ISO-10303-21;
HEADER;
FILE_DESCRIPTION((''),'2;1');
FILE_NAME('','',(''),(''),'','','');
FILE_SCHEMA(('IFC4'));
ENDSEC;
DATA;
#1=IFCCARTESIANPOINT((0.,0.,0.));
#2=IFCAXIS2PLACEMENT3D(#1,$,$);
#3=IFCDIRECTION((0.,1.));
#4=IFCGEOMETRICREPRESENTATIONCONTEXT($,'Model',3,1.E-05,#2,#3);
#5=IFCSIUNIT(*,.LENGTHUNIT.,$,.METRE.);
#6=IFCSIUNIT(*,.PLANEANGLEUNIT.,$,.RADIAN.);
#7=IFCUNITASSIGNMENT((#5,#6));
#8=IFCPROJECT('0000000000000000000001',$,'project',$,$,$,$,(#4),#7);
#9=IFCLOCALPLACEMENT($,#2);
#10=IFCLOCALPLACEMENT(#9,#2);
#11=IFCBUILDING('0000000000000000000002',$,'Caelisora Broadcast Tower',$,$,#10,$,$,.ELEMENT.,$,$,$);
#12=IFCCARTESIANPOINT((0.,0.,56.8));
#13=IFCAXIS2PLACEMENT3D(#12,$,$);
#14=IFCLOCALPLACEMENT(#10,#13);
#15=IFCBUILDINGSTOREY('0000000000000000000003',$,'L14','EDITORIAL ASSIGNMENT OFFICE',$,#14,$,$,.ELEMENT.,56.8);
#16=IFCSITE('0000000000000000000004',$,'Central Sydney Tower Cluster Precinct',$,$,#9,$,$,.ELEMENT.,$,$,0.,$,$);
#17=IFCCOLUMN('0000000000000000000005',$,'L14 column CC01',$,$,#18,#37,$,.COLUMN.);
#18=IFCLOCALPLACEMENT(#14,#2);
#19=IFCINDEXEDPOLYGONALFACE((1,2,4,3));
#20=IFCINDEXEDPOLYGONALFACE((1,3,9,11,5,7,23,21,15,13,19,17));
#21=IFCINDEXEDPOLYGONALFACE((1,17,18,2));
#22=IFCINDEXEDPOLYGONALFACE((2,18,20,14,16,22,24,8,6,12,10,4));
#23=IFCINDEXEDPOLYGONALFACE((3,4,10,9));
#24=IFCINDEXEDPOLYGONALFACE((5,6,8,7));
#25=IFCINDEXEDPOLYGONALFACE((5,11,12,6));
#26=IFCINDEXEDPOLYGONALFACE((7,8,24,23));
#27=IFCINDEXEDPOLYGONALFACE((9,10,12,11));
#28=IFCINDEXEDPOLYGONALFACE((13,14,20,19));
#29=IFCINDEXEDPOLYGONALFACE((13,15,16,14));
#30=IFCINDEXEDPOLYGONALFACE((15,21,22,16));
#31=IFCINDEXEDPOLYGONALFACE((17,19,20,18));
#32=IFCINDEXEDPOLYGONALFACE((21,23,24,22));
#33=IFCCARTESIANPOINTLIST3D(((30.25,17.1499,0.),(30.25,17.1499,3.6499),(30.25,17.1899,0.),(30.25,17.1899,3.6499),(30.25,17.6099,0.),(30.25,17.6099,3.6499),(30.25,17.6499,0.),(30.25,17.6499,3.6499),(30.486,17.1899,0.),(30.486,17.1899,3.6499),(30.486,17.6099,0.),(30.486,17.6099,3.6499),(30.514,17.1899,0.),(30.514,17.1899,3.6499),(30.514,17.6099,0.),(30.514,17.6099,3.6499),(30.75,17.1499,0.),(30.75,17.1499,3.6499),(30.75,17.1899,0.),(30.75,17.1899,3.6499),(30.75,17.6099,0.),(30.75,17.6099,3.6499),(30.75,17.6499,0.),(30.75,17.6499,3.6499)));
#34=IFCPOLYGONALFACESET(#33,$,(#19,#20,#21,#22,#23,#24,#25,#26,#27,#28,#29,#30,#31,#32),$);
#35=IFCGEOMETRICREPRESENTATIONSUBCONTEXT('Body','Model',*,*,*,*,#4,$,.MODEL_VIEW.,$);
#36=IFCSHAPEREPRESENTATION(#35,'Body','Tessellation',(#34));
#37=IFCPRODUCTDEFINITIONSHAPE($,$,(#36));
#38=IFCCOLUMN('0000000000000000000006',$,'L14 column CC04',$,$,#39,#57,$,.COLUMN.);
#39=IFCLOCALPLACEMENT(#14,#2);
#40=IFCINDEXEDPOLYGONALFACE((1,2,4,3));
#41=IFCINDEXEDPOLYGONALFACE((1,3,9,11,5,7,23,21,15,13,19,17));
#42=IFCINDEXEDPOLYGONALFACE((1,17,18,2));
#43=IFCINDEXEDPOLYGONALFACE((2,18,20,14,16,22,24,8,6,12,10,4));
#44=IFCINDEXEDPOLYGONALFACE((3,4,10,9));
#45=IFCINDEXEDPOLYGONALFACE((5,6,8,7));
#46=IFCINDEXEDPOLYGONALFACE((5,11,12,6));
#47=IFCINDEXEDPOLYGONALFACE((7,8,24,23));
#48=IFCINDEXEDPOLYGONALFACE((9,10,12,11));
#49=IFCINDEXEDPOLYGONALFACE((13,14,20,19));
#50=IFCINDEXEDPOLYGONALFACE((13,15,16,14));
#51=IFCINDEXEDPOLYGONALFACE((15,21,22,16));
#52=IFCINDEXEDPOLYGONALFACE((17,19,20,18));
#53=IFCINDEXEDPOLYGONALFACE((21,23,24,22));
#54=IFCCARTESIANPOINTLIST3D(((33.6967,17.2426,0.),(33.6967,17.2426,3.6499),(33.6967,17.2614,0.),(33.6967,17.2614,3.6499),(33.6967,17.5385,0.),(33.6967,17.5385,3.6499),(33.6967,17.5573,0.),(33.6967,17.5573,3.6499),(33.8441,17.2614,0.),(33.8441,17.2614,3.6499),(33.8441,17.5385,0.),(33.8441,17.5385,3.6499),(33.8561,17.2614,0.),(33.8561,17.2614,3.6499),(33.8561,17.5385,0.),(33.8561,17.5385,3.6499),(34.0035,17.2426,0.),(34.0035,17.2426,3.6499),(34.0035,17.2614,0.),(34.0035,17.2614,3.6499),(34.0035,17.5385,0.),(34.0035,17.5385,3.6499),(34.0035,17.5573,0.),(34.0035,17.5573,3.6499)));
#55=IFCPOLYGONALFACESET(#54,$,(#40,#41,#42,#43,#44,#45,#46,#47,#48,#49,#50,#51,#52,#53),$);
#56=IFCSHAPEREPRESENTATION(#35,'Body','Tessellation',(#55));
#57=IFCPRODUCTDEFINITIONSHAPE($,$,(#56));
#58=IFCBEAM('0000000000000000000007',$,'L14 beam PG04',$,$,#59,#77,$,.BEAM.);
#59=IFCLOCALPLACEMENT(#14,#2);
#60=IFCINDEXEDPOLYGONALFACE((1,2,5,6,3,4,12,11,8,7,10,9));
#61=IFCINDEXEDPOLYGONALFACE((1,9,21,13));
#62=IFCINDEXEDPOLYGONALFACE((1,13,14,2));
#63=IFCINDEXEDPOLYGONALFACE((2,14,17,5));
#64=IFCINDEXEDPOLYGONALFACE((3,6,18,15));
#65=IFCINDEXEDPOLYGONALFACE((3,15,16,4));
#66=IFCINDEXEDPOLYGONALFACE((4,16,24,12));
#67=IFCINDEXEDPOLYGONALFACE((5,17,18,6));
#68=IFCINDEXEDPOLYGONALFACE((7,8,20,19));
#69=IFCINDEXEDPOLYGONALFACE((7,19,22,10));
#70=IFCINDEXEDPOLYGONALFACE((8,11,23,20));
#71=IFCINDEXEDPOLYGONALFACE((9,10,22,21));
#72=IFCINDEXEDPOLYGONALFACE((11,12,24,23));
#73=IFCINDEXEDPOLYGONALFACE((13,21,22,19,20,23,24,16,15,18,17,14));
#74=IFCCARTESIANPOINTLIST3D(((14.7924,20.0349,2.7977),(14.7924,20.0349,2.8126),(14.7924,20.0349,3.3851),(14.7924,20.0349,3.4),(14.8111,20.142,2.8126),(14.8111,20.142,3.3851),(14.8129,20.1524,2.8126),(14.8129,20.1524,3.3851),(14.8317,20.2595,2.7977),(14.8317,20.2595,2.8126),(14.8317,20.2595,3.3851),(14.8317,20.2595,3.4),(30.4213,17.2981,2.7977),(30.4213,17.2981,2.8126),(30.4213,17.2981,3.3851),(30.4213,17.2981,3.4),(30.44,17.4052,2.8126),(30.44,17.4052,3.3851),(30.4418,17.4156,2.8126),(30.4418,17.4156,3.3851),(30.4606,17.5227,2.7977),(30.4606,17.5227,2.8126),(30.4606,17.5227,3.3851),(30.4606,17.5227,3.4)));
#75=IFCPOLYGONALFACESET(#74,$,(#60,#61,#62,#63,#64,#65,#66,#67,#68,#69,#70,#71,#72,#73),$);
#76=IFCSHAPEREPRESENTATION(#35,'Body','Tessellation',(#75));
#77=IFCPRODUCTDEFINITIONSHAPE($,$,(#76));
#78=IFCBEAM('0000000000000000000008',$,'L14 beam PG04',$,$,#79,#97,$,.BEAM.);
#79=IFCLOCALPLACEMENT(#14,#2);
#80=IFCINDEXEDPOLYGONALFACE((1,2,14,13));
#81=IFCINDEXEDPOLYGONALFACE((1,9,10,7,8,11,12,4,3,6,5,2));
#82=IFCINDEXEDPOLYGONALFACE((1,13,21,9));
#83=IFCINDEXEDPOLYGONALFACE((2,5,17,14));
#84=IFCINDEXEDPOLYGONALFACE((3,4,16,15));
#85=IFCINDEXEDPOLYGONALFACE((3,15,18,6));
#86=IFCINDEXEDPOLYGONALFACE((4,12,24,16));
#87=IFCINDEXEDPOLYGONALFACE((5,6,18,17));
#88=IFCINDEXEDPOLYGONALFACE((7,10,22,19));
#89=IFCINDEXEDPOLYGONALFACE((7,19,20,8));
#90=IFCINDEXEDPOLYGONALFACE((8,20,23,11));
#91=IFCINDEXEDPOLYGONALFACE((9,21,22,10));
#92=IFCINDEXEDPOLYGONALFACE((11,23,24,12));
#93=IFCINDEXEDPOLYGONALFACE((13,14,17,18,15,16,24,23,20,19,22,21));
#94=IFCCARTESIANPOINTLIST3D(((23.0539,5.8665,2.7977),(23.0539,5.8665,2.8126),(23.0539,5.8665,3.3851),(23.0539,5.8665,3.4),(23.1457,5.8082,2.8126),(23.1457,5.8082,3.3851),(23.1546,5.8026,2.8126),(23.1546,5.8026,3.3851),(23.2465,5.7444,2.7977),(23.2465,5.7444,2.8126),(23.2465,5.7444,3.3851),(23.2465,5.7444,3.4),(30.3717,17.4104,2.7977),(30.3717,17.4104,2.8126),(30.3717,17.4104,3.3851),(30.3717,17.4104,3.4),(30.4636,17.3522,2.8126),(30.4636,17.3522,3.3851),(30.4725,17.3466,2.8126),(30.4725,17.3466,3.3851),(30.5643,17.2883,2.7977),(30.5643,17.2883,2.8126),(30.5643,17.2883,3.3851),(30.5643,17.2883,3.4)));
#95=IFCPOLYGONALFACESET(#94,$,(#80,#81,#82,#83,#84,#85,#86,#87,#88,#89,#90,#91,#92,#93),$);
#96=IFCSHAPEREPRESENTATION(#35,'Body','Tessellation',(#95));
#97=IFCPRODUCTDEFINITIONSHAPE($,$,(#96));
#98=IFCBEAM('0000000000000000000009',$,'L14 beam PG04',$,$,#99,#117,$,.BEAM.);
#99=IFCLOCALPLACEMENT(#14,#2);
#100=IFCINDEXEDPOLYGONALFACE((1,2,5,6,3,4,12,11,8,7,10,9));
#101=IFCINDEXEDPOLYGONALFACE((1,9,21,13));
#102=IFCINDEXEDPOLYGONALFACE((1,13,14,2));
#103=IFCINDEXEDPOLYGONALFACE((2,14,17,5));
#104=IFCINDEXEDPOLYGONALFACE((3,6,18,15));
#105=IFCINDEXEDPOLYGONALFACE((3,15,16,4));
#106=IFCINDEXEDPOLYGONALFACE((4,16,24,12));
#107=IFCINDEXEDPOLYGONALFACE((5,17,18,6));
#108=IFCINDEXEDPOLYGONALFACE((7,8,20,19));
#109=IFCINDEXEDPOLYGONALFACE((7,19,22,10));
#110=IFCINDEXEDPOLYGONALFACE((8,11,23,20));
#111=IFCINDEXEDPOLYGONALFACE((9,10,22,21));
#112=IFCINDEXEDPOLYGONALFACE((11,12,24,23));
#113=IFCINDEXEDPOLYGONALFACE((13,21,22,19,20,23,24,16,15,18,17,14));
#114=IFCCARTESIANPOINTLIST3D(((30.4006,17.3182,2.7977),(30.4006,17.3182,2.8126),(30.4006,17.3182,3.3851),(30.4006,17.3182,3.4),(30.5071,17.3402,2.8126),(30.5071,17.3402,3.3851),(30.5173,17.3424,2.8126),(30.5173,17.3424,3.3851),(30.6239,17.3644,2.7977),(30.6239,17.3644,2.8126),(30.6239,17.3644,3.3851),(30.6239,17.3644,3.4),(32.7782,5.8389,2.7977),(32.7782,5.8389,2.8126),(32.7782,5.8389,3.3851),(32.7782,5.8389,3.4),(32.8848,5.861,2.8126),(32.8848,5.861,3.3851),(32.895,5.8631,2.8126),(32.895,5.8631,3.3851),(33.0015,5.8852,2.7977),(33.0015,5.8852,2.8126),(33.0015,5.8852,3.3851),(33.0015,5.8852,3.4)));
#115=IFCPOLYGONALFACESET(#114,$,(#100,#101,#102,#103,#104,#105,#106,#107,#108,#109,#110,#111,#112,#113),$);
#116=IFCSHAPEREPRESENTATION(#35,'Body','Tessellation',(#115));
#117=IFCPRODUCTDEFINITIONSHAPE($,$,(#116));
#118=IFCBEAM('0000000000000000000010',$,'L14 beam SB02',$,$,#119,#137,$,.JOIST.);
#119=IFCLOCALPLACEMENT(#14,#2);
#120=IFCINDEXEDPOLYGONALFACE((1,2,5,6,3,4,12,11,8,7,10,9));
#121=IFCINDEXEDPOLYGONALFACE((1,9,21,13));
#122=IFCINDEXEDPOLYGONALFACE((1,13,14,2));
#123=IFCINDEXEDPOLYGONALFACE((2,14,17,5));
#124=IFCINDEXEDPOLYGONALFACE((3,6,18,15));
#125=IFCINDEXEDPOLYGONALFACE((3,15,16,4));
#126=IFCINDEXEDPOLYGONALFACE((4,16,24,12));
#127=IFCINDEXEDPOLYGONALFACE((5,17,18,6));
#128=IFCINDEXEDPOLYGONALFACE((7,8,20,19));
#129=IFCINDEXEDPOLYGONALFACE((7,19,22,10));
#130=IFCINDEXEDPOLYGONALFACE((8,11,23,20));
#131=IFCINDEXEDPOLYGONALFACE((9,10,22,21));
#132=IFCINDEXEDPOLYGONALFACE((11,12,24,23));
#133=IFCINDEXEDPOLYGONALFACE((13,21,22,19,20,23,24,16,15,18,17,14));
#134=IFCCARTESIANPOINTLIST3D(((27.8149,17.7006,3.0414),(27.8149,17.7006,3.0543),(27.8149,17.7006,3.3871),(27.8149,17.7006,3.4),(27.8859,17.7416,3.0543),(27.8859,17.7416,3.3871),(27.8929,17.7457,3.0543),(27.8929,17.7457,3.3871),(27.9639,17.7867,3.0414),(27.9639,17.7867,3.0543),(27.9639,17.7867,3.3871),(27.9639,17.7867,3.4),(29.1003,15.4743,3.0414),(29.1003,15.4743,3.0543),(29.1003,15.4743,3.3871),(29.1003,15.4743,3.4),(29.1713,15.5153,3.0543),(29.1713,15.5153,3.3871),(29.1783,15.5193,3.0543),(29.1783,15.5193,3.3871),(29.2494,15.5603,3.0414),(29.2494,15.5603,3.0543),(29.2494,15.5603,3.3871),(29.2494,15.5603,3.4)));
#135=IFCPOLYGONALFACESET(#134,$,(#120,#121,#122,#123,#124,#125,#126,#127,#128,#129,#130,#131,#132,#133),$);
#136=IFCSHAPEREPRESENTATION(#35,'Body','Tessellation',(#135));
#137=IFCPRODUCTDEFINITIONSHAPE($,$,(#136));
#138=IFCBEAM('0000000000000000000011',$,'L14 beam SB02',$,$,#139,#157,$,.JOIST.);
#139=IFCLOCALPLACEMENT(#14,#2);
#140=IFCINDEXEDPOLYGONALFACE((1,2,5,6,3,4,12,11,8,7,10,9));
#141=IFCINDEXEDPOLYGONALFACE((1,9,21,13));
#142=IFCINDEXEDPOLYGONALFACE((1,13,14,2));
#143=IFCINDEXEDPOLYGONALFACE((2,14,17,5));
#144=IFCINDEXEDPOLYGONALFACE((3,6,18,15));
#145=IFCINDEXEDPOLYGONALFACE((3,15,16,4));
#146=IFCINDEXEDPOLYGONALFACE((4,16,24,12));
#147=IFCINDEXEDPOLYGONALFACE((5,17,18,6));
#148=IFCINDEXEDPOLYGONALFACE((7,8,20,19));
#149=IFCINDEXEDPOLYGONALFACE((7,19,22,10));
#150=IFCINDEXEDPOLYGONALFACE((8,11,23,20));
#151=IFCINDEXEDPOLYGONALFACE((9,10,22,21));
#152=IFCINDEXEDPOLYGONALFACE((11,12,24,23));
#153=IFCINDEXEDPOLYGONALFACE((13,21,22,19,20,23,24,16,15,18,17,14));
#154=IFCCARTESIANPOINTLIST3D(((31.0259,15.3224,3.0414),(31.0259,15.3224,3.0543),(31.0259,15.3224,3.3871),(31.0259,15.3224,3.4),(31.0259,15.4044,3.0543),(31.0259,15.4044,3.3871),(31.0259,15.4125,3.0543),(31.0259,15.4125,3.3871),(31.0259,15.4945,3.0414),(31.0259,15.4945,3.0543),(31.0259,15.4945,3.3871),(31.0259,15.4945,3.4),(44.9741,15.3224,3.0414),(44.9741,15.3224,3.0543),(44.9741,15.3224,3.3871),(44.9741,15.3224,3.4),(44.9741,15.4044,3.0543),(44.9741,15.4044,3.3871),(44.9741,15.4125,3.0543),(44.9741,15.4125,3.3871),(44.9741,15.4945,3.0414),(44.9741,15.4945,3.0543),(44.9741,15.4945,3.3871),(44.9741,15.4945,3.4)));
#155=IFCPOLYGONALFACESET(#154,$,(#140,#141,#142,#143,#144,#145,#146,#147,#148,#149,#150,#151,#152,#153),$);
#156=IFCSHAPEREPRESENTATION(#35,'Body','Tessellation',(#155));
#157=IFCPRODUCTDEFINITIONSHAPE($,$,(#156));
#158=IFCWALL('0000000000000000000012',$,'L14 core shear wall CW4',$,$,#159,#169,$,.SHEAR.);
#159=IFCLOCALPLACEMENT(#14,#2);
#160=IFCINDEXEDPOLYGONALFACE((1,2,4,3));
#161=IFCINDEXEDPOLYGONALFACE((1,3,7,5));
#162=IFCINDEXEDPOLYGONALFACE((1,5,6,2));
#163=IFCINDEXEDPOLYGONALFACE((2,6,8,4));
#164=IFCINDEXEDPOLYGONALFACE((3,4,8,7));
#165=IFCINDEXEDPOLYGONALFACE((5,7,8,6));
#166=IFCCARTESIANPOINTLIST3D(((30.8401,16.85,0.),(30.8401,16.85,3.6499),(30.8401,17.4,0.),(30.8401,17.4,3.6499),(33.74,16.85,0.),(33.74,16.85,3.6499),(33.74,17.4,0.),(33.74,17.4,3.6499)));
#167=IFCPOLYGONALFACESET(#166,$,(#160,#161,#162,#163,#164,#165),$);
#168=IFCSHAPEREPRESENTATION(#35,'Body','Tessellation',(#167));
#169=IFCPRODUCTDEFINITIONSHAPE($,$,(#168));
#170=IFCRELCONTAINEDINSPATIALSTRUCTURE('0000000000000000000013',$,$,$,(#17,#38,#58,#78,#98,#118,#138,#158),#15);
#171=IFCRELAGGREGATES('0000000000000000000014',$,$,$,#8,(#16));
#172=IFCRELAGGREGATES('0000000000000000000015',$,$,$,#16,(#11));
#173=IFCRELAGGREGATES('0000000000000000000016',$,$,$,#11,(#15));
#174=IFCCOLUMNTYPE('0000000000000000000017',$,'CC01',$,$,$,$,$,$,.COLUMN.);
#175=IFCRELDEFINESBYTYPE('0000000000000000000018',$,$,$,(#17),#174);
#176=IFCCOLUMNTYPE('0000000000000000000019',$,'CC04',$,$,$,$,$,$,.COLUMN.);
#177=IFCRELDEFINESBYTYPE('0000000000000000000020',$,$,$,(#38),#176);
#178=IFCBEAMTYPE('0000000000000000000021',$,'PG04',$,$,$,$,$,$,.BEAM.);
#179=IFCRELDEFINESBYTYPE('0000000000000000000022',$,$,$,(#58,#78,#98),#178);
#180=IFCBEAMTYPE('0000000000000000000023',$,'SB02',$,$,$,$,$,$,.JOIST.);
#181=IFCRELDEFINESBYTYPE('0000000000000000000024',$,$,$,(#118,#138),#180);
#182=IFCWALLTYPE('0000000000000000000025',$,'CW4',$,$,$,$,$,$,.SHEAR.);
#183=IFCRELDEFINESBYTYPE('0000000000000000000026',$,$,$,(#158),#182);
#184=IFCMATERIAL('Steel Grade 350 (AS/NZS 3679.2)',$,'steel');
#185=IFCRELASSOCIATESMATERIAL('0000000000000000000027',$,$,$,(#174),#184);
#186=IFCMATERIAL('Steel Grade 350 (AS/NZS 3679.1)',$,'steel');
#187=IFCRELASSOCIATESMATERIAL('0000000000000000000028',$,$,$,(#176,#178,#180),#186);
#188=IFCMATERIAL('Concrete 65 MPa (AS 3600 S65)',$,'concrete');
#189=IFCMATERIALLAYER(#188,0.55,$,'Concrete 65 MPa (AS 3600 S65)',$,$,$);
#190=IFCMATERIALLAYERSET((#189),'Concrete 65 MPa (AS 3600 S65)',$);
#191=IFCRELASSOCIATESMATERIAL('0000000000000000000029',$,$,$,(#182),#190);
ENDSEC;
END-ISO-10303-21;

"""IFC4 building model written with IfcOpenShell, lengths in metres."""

from ifc_helpers import new_model, si_unit, direction, frame, frame_2d, origin, origin_2d, place, context, subcontext, project, spatial, rectangle, i_section, extrude, source, transform, mapped, material, layer, layer_set, material_profile, profile_set, type_object, type_shapes, element, save


model = new_model("IFC4")

# Units and contexts
model_context = context("Model", 3, precision=1e-05, world=origin(), true_north=direction((0.0, 1.0)))
body_context = subcontext(model_context, "Body", "Model", "MODEL_VIEW")
ifc_project = project(units=[si_unit("LENGTHUNIT", "METRE"), si_unit("PLANEANGLEUNIT", "RADIAN")], contexts=[model_context])

# Site, building, storey
site_placement = place(None, origin())
site = spatial("IfcSite", under=ifc_project, at=site_placement, Name="Central Sydney Tower Cluster Precinct", CompositionType="ELEMENT", RefElevation=0.0)
building_placement = place(site_placement, origin())
building = spatial("IfcBuilding", under=site, at=building_placement, Name="Caelisora Broadcast Tower", CompositionType="ELEMENT")
storey_placement = place(building_placement, frame((0.0, 0.0, 56.8)))
storey = spatial("IfcBuildingStorey", under=building, at=storey_placement, Name="L14", Description="EDITORIAL ASSIGNMENT OFFICE", CompositionType="ELEMENT", Elevation=56.8)

# Columns
ifc_material_1 = material(Name="Steel Grade 350 (AS/NZS 3679.2)", Category="steel")
ifc_material_profile_1 = material_profile(ifc_material_1, i_section(OverallWidth=0.5, OverallDepth=0.5, WebThickness=0.0281, FlangeThickness=0.04, at=origin_2d()), Name="Steel Grade 350 (AS/NZS 3679.2)")
ifc_profile_set_1 = profile_set([ifc_material_profile_1], Name="Steel Grade 350 (AS/NZS 3679.2)")
column_type_1 = type_object("IfcColumnType", Name="CC01", PredefinedType="COLUMN", material=ifc_profile_set_1)
shared_shape_1 = source(origin(), body_context, "Body", "SweptSolid", [
    extrude(i_section(OverallWidth=0.5, OverallDepth=0.5, WebThickness=0.0281, FlangeThickness=0.04, at=origin_2d()), origin(), (0.0, 0.0, 1.0), 3.6499),
])
type_shapes(column_type_1, [shared_shape_1])
column_1_placement = place(storey_placement, frame((30.5, 17.3999, 0.0), z_axis=(0.0, 0.0, 1.0), x_axis=(1.0, 0.0, 0.0)))
element("IfcColumn", 1, at=column_1_placement, inside=storey, type_object=column_type_1, Name="L14 column CC01", PredefinedType="COLUMN", context=body_context, shape_type="MappedRepresentation", body=[
    mapped(shared_shape_1, transform((0.0, 0.0, 0.0), scale=1.0)),
])
ifc_material_2 = material(Name="Steel Grade 350 (AS/NZS 3679.1)", Category="steel")
ifc_material_profile_2 = material_profile(ifc_material_2, i_section(OverallWidth=0.3069, OverallDepth=0.3147, WebThickness=0.012, FlangeThickness=0.0188, at=origin_2d()), Name="Steel Grade 350 (AS/NZS 3679.1)")
ifc_profile_set_2 = profile_set([ifc_material_profile_2], Name="Steel Grade 350 (AS/NZS 3679.1)")
column_type_2 = type_object("IfcColumnType", Name="CC04", PredefinedType="COLUMN", material=ifc_profile_set_2)
shared_shape_2 = source(origin(), body_context, "Body", "SweptSolid", [
    extrude(i_section(OverallWidth=0.3069, OverallDepth=0.3147, WebThickness=0.012, FlangeThickness=0.0188, at=origin_2d()), origin(), (0.0, 0.0, 1.0), 3.6499),
])
type_shapes(column_type_2, [shared_shape_2])
column_2_placement = place(storey_placement, frame((33.8501, 17.3999, 0.0), z_axis=(0.0, 0.0, 1.0), x_axis=(1.0, 0.0, 0.0)))
element("IfcColumn", 2, at=column_2_placement, inside=storey, type_object=column_type_2, Name="L14 column CC04", PredefinedType="COLUMN", context=body_context, shape_type="MappedRepresentation", body=[
    mapped(shared_shape_2, transform((0.0, 0.0, 0.0), scale=1.0)),
])

# Beams
ifc_material_profile_3 = material_profile(ifc_material_2, i_section(OverallWidth=0.228, OverallDepth=0.6023, WebThickness=0.0105, FlangeThickness=0.0149, at=origin_2d()), Name="Steel Grade 350 (AS/NZS 3679.1)")
ifc_profile_set_3 = profile_set([ifc_material_profile_3], Name="Steel Grade 350 (AS/NZS 3679.1)")
beam_type_1 = type_object("IfcBeamType", Name="PG04", PredefinedType="BEAM", material=ifc_profile_set_3)
shared_shape_3 = source(origin(), body_context, "Body", "SweptSolid", [
    extrude(i_section(OverallWidth=0.228, OverallDepth=0.6023, WebThickness=0.0105, FlangeThickness=0.0149, at=origin_2d()), origin(), (0.0, 0.0, 1.0), 15.8667),
])
beam_1_placement = place(storey_placement, frame((30.4409, 17.4104, 3.0989), z_axis=(-0.985012, 0.172488, 0.0), x_axis=(-0.172488, -0.985012, 0.0)))
element("IfcBeam", 3, at=beam_1_placement, inside=storey, type_object=beam_type_1, Name="L14 beam PG04", PredefinedType="BEAM", context=body_context, shape_type="MappedRepresentation", body=[
    mapped(shared_shape_3, transform((0.0, 0.0, 0.0), scale=1.0)),
])
shared_shape_4 = source(origin(), body_context, "Body", "SweptSolid", [
    extrude(i_section(OverallWidth=0.228, OverallDepth=0.6023, WebThickness=0.0105, FlangeThickness=0.0149, at=origin_2d()), origin(), (0.0, 0.0, 1.0), 13.668),
])
beam_2_placement = place(storey_placement, frame((30.468, 17.3494, 3.0989), z_axis=(-0.535402, -0.844597, 0.0), x_axis=(0.844597, -0.535402, 0.0)))
element("IfcBeam", 4, at=beam_2_placement, inside=storey, type_object=beam_type_1, Name="L14 beam PG04", PredefinedType="BEAM", context=body_context, shape_type="MappedRepresentation", body=[
    mapped(shared_shape_4, transform((0.0, 0.0, 0.0), scale=1.0)),
])
shared_shape_5 = source(origin(), body_context, "Body", "SweptSolid", [
    extrude(i_section(OverallWidth=0.228, OverallDepth=0.6023, WebThickness=0.0105, FlangeThickness=0.0149, at=origin_2d()), origin(), (0.0, 0.0, 1.0), 11.7229),
])
type_shapes(beam_type_1, [shared_shape_3, shared_shape_4, shared_shape_5])
beam_3_placement = place(storey_placement, frame((30.5122, 17.3413, 3.0989), z_axis=(0.202824, -0.979215, 0.0), x_axis=(0.979215, 0.202824, 0.0)))
element("IfcBeam", 5, at=beam_3_placement, inside=storey, type_object=beam_type_1, Name="L14 beam PG04", PredefinedType="BEAM", context=body_context, shape_type="MappedRepresentation", body=[
    mapped(shared_shape_5, transform((0.0, 0.0, 0.0), scale=1.0)),
])
ifc_material_profile_4 = material_profile(ifc_material_2, i_section(OverallWidth=0.1721, OverallDepth=0.3586, WebThickness=0.0081, FlangeThickness=0.0129, at=origin_2d()), Name="Steel Grade 350 (AS/NZS 3679.1)")
ifc_profile_set_4 = profile_set([ifc_material_profile_4], Name="Steel Grade 350 (AS/NZS 3679.1)")
beam_type_2 = type_object("IfcBeamType", Name="SB02", PredefinedType="JOIST", material=ifc_profile_set_4)
shared_shape_6 = source(origin(), body_context, "Body", "SweptSolid", [
    extrude(i_section(OverallWidth=0.1721, OverallDepth=0.3586, WebThickness=0.0081, FlangeThickness=0.0129, at=origin_2d()), origin(), (0.0, 0.0, 1.0), 2.5708),
])
beam_4_placement = place(storey_placement, frame((27.8894, 17.7437, 3.2207), z_axis=(0.50001, -0.86602, 0.0), x_axis=(0.86602, 0.50001, 0.0)))
element("IfcBeam", 6, at=beam_4_placement, inside=storey, type_object=beam_type_2, Name="L14 beam SB02", PredefinedType="JOIST", context=body_context, shape_type="MappedRepresentation", body=[
    mapped(shared_shape_6, transform((0.0, 0.0, 0.0), scale=1.0)),
])
shared_shape_7 = source(origin(), body_context, "Body", "SweptSolid", [
    extrude(i_section(OverallWidth=0.1721, OverallDepth=0.3586, WebThickness=0.0081, FlangeThickness=0.0129, at=origin_2d()), origin(), (0.0, 0.0, 1.0), 13.9482),
])
type_shapes(beam_type_2, [shared_shape_6, shared_shape_7])
beam_5_placement = place(storey_placement, frame((31.0259, 15.4084, 3.2207), z_axis=(1.0, 0.0, 0.0), x_axis=(0.0, 1.0, 0.0)))
element("IfcBeam", 7, at=beam_5_placement, inside=storey, type_object=beam_type_2, Name="L14 beam SB02", PredefinedType="JOIST", context=body_context, shape_type="MappedRepresentation", body=[
    mapped(shared_shape_7, transform((0.0, 0.0, 0.0), scale=1.0)),
])

# Shared definitions
ifc_material_3 = material(Name="Concrete 65 MPa (AS 3600 S65)", Category="concrete")

# Wall
ifc_layer_1 = layer(ifc_material_3, 0.55, Name="Concrete 65 MPa (AS 3600 S65)")
ifc_layer_set_1 = layer_set([ifc_layer_1], Name="Concrete 65 MPa (AS 3600 S65)")
wall_type_1 = type_object("IfcWallType", Name="CW4", PredefinedType="SHEAR", material=ifc_layer_set_1)
wall_1_placement = place(storey_placement, frame((30.8401, 17.125, 0.0), z_axis=(0.0, 0.0, 1.0), x_axis=(1.0, 0.0, 0.0)))
element("IfcWall", 8, at=wall_1_placement, inside=storey, type_object=wall_type_1, Name="L14 core shear wall CW4", PredefinedType="SHEAR", context=body_context, shape_type="SweptSolid", body=[
    extrude(rectangle(XDim=2.8999, YDim=0.55, at=frame_2d((1.45, 0.0))), origin(), (0.0, 0.0, 1.0), 3.6499),
])

save(model, "model.ifc")
